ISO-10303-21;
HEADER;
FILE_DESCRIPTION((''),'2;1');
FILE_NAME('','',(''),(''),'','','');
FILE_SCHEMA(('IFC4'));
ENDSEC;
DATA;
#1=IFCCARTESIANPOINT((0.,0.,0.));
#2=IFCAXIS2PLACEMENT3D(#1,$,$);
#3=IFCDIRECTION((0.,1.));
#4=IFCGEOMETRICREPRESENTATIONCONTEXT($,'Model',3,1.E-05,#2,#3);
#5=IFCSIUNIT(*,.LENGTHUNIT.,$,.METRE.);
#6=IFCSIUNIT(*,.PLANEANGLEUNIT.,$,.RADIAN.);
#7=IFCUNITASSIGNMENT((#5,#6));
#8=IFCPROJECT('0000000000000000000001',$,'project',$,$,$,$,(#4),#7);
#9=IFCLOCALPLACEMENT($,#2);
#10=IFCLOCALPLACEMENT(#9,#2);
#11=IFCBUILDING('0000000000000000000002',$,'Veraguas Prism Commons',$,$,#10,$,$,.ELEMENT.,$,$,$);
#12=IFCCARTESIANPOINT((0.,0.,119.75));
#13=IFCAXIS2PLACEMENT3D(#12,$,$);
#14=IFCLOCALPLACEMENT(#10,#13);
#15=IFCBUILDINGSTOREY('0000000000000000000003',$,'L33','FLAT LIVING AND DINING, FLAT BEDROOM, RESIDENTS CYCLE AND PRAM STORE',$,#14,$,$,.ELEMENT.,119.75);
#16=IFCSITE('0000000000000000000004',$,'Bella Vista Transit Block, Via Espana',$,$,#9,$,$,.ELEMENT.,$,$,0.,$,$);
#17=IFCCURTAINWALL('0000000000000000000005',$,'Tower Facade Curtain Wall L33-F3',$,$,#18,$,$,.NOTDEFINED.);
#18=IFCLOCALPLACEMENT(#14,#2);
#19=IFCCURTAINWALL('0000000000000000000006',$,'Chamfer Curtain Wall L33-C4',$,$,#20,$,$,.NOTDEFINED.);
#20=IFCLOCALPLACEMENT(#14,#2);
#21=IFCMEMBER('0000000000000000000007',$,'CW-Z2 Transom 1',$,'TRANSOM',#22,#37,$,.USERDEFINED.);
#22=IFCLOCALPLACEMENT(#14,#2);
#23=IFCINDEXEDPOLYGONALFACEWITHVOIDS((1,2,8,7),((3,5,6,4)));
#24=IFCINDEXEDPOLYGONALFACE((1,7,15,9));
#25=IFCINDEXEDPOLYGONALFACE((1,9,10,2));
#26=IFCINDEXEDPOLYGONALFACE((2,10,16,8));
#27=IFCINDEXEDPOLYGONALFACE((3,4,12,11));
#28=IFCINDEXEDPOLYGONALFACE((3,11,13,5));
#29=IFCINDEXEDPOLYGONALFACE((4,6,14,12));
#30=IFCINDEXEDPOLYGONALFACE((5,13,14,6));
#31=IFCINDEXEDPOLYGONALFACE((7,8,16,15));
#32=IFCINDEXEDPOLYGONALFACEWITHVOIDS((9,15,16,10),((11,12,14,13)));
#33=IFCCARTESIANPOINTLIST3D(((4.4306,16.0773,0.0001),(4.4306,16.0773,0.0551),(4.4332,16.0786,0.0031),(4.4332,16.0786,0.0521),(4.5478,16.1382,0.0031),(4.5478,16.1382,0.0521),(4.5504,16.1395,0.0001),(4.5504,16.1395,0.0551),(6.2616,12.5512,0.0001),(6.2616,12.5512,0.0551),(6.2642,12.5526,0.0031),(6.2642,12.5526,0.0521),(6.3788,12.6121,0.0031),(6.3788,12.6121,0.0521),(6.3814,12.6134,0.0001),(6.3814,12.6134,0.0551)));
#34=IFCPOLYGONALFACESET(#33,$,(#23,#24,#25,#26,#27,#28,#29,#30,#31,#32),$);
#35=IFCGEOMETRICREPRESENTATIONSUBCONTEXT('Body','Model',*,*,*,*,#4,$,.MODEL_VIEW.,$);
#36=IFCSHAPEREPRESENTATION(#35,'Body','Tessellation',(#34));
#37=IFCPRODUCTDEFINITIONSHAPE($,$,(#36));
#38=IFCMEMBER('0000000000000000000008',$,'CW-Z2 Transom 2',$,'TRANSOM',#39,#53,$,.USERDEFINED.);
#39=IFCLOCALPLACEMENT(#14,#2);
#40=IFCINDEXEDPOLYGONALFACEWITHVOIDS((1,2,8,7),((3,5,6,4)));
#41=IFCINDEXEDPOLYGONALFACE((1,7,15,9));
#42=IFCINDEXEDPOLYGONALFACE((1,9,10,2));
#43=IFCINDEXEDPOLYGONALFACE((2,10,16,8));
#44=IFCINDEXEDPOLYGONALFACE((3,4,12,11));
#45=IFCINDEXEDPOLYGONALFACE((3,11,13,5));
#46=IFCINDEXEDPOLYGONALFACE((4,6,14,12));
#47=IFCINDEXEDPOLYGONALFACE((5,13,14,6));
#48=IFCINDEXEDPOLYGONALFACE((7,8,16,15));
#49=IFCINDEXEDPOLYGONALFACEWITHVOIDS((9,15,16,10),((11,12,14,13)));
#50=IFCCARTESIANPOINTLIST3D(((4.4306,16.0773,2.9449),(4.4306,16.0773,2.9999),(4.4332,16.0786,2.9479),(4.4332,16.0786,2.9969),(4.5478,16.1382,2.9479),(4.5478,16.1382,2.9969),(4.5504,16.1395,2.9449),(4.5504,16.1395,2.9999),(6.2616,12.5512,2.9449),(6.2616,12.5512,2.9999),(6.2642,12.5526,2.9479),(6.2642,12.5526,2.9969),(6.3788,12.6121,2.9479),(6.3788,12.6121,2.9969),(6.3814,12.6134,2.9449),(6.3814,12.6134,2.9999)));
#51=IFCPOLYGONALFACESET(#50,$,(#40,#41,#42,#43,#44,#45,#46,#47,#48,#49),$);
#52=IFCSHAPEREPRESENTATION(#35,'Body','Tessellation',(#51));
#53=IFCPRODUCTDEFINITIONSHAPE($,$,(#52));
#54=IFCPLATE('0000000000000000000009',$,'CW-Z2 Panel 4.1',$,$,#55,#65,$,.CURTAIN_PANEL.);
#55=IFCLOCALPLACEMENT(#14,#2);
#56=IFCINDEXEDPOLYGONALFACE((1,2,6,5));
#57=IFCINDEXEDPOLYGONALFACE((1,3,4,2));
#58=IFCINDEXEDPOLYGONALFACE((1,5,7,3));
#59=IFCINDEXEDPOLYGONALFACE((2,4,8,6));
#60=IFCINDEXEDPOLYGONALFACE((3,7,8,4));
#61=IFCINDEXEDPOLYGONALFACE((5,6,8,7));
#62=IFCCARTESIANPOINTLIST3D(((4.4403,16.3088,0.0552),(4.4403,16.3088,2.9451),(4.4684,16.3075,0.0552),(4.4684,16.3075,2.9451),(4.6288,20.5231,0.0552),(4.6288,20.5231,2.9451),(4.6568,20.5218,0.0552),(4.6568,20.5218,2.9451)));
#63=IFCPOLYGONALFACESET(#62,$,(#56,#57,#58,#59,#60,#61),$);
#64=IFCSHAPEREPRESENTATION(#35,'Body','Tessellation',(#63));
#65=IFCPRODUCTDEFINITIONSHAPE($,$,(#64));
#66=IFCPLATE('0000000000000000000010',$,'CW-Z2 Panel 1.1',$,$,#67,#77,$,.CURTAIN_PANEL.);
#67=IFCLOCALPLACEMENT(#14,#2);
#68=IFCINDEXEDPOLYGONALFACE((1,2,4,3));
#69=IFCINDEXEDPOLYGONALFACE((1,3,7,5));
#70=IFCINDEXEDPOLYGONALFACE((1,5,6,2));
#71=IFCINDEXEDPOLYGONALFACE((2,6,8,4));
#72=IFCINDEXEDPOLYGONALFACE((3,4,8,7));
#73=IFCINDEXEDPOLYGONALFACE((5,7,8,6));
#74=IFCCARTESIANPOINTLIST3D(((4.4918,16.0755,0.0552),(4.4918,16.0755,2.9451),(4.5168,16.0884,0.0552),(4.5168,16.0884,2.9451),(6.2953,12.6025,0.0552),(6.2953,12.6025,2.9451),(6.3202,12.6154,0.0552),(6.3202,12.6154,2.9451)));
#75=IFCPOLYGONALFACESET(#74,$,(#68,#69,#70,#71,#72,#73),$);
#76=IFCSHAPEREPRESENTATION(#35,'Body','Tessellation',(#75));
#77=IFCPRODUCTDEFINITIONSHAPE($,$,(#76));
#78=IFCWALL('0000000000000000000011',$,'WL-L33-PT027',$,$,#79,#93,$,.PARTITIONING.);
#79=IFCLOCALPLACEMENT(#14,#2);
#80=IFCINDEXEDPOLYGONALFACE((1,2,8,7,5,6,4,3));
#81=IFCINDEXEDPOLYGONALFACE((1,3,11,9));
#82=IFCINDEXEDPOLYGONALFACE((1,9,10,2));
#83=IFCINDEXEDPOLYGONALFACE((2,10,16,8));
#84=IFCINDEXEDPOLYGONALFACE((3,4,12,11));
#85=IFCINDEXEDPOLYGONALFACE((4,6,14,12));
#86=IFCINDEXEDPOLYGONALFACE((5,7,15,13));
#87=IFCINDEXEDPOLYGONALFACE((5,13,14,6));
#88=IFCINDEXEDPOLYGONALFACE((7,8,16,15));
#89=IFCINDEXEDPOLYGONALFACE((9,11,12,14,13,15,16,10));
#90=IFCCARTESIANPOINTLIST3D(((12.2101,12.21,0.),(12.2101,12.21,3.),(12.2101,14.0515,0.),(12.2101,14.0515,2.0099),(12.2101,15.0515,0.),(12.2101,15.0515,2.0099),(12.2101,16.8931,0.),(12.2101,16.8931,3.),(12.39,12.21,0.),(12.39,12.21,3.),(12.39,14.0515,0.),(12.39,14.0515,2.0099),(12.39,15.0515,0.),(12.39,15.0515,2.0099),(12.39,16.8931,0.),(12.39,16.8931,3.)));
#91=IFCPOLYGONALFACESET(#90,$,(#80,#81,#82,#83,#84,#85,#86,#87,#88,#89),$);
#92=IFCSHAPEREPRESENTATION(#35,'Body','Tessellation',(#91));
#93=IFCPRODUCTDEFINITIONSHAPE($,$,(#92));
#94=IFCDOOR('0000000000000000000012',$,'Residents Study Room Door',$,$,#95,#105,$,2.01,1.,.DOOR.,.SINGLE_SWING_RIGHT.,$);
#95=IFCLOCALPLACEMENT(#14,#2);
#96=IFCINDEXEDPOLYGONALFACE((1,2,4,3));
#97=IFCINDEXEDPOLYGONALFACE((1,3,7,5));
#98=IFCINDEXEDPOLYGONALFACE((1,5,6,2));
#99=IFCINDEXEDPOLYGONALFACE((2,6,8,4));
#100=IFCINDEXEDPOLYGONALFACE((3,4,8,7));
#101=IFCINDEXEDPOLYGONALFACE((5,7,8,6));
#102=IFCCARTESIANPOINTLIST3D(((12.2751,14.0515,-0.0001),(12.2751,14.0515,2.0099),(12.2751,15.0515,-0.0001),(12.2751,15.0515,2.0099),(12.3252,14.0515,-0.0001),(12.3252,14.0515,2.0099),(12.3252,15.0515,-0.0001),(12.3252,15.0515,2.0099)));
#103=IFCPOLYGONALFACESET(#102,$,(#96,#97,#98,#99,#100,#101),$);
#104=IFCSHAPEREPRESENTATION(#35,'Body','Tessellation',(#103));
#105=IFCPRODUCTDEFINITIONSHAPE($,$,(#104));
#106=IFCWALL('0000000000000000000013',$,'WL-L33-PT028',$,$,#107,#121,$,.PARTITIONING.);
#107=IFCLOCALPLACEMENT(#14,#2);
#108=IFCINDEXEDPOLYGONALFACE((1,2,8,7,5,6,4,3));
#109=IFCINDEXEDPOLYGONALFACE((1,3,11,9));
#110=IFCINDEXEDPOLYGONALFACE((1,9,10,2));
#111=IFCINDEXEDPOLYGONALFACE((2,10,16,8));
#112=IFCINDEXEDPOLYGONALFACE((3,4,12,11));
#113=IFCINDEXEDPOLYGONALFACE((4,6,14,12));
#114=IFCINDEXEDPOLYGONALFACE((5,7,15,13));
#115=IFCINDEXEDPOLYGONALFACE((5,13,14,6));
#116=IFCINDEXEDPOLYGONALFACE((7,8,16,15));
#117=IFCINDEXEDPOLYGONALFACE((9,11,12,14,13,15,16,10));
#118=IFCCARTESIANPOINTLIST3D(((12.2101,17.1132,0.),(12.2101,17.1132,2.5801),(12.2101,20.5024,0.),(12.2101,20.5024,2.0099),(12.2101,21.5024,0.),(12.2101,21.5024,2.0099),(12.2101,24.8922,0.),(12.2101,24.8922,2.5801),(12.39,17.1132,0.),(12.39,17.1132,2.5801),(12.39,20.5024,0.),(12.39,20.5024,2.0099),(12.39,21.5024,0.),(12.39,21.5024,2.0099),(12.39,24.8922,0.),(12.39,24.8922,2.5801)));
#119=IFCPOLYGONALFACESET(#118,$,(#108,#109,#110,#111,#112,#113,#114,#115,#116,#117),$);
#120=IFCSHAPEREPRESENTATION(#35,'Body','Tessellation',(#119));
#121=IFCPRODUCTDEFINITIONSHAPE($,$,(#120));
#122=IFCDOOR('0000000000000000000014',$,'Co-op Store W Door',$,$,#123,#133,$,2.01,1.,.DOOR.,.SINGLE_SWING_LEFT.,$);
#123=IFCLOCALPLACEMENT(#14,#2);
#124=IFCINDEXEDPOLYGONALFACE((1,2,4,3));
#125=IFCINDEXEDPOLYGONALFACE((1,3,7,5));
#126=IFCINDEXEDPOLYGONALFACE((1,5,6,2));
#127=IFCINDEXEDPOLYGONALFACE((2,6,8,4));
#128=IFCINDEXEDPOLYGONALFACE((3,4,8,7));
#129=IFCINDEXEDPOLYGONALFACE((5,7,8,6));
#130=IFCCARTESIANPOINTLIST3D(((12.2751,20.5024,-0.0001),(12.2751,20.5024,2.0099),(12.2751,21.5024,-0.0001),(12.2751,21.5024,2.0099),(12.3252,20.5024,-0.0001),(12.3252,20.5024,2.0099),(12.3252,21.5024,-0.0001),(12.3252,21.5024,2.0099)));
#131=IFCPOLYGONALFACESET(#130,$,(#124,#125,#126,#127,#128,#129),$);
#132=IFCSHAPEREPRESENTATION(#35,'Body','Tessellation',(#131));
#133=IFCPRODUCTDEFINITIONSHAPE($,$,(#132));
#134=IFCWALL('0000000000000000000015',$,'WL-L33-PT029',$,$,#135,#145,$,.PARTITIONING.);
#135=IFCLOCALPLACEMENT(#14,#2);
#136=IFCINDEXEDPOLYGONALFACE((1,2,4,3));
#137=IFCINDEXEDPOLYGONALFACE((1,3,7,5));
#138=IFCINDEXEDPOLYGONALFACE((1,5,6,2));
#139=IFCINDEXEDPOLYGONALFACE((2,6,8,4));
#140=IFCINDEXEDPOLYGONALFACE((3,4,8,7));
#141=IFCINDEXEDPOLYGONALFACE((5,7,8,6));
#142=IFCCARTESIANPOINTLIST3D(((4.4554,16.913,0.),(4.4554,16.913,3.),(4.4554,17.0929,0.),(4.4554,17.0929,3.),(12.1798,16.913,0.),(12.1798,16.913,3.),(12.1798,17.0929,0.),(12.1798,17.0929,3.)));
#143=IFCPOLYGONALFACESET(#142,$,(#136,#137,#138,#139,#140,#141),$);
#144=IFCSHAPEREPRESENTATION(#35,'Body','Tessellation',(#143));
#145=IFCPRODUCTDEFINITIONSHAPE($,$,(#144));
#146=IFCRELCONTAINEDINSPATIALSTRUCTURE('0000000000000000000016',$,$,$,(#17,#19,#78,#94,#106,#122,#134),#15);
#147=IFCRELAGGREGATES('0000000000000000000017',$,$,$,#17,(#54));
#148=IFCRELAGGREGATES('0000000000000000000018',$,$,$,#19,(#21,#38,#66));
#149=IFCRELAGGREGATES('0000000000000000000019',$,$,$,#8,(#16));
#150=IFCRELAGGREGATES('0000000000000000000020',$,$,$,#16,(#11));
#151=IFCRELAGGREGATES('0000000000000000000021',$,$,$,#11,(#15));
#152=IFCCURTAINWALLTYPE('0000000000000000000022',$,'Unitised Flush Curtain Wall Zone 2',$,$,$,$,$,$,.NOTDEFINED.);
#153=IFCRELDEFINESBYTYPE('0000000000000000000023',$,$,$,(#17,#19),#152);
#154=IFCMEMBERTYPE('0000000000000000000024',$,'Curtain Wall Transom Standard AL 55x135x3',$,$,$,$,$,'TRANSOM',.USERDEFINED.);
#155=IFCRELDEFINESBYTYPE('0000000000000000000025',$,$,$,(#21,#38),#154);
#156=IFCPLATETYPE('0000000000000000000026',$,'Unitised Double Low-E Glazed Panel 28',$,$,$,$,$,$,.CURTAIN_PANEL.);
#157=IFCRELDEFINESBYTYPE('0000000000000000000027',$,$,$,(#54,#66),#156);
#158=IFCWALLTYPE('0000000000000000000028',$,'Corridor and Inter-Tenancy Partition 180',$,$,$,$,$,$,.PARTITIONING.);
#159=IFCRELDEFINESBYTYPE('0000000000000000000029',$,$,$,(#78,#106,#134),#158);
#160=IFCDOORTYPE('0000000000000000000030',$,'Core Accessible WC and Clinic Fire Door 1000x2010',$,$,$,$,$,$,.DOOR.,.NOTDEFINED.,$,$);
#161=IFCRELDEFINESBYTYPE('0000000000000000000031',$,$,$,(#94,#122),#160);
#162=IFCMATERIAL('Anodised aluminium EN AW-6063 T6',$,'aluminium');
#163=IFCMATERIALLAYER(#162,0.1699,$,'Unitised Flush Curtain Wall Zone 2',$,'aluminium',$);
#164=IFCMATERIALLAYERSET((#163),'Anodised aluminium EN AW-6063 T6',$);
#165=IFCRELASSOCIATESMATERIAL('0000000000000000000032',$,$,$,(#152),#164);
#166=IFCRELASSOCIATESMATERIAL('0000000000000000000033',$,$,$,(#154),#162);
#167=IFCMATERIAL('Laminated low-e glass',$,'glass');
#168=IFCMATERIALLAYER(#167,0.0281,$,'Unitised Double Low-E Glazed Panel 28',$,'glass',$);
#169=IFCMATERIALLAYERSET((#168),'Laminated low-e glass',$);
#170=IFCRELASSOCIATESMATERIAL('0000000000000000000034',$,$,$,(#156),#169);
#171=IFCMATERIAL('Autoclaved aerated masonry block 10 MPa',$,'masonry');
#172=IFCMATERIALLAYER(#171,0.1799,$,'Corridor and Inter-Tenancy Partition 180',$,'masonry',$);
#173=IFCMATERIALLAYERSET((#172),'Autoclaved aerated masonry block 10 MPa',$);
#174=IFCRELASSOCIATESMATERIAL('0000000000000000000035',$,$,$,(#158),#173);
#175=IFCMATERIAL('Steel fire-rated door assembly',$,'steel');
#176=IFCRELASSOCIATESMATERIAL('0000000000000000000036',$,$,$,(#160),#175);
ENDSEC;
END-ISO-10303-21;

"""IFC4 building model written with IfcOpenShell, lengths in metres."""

from ifc_helpers import new_model, si_unit, direction, frame, frame_2d, origin, origin_2d, place, context, subcontext, project, spatial, rectangle, hollow_rectangle, extrude, source, transform, mapped, material, layer, layer_set, material_profile, profile_set, type_object, element, fill, aggregate, save


model = new_model("IFC4")

# Units and contexts
model_context = context("Model", 3, precision=1e-05, world=origin(), true_north=direction((0.0, 1.0)))
body_context = subcontext(model_context, "Body", "Model", "MODEL_VIEW")
ifc_project = project(units=[si_unit("LENGTHUNIT", "METRE"), si_unit("PLANEANGLEUNIT", "RADIAN")], contexts=[model_context])

# Site, building, storey
site_placement = place(None, origin())
site = spatial("IfcSite", under=ifc_project, at=site_placement, Name="Bella Vista Transit Block, Via Espana", CompositionType="ELEMENT", RefElevation=0.0)
building_placement = place(site_placement, origin())
building = spatial("IfcBuilding", under=site, at=building_placement, Name="Veraguas Prism Commons", CompositionType="ELEMENT")
storey_placement = place(building_placement, frame((0.0, 0.0, 119.75)))
storey = spatial("IfcBuildingStorey", under=building, at=storey_placement, Name="L33", Description="FLAT LIVING AND DINING, FLAT BEDROOM, RESIDENTS CYCLE AND PRAM STORE", CompositionType="ELEMENT", Elevation=119.75)

# Curtain wall
ifc_material_1 = material(Name="Anodised aluminium EN AW-6063 T6", Category="aluminium")
ifc_layer_1 = layer(ifc_material_1, 0.1699, Name="Unitised Flush Curtain Wall Zone 2", Category="aluminium")
ifc_layer_set_1 = layer_set([ifc_layer_1], Name="Anodised aluminium EN AW-6063 T6")
curtain_wall_type = type_object("IfcCurtainWallType", Name="Unitised Flush Curtain Wall Zone 2", PredefinedType="NOTDEFINED", material=ifc_layer_set_1)
curtain_wall_1_placement = place(storey_placement, origin())
curtain_wall_1 = element("IfcCurtainWall", 1, at=curtain_wall_1_placement, inside=storey, type_object=curtain_wall_type, Name="Tower Facade Curtain Wall L33-F3", PredefinedType="NOTDEFINED")

# Curtain wall
curtain_wall_2_placement = place(storey_placement, origin())
curtain_wall_2 = element("IfcCurtainWall", 2, at=curtain_wall_2_placement, inside=storey, type_object=curtain_wall_type, Name="Chamfer Curtain Wall L33-C4", PredefinedType="NOTDEFINED")

# Members
ifc_material_profile_1 = material_profile(ifc_material_1, hollow_rectangle(XDim=0.0549, YDim=0.135, WallThickness=0.0029, at=origin_2d()), Name="AL55X135X3")
ifc_profile_set_1 = profile_set([ifc_material_profile_1], Name="Anodised aluminium EN AW-6063 T6")
member_type_1 = type_object("IfcMemberType", Name="Curtain Wall Transom Standard AL 55x135x3", ElementType="TRANSOM", PredefinedType="USERDEFINED", material=ifc_profile_set_1)
shared_shape_1 = source(origin(), body_context, "Body", "SweptSolid", [
    extrude(hollow_rectangle(XDim=0.0549, YDim=0.135, WallThickness=0.0029, at=origin_2d()), origin(), (0.0, 0.0, 1.0), 3.9731),
])
member_1_placement = place(storey_placement, frame((4.4905, 16.1084, 0.0276), z_axis=(0.460852, -0.887477, 0.0), x_axis=(0.0, 0.0, 1.0)))
member_1 = element("IfcMember", 3, at=member_1_placement, type_object=member_type_1, Name="CW-Z2 Transom 1", ObjectType="TRANSOM", PredefinedType="USERDEFINED", context=body_context, shape_type="MappedRepresentation", body=[
    mapped(shared_shape_1, transform((0.0, 0.0, 0.0), scale=1.0)),
])
member_2_placement = place(storey_placement, frame((4.4905, 16.1084, 2.9724), z_axis=(0.460852, -0.887477, 0.0), x_axis=(0.0, 0.0, 1.0)))
member_2 = element("IfcMember", 4, at=member_2_placement, type_object=member_type_1, Name="CW-Z2 Transom 2", ObjectType="TRANSOM", PredefinedType="USERDEFINED", context=body_context, shape_type="MappedRepresentation", body=[
    mapped(shared_shape_1, transform((0.0, 0.0, 0.0), scale=1.0)),
])

# Plates
ifc_material_2 = material(Name="Laminated low-e glass", Category="glass")
ifc_layer_2 = layer(ifc_material_2, 0.0281, Name="Unitised Double Low-E Glazed Panel 28", Category="glass")
ifc_layer_set_2 = layer_set([ifc_layer_2], Name="Laminated low-e glass")
plate_type = type_object("IfcPlateType", Name="Unitised Double Low-E Glazed Panel 28", PredefinedType="CURTAIN_PANEL", material=ifc_layer_set_2)
shared_shape_2 = source(origin(), body_context, "Body", "SweptSolid", [
    extrude(rectangle(XDim=4.2185, YDim=0.0281, at=origin_2d()), origin(), (0.0, 0.0, 1.0), 2.8899),
])
plate_1_placement = place(storey_placement, frame((4.5486, 18.4153, 0.0552), z_axis=(0.0, 0.0, 1.0), x_axis=(-0.044667, -0.999002, 0.0)))
plate_1 = element("IfcPlate", 5, at=plate_1_placement, type_object=plate_type, Name="CW-Z2 Panel 4.1", PredefinedType="CURTAIN_PANEL", context=body_context, shape_type="MappedRepresentation", body=[
    mapped(shared_shape_2, transform((0.0, 0.0, 0.0), scale=1.0)),
])
aggregate(curtain_wall_1, [plate_1])
shared_shape_3 = source(origin(), body_context, "Body", "SweptSolid", [
    extrude(rectangle(XDim=3.9133, YDim=0.0281, at=origin_2d()), origin(), (0.0, 0.0, 1.0), 2.8899),
])
plate_2_placement = place(storey_placement, frame((5.406, 14.3455, 0.0552), z_axis=(0.0, 0.0, 1.0), x_axis=(0.460838, -0.887484, 0.0)))
plate_2 = element("IfcPlate", 6, at=plate_2_placement, type_object=plate_type, Name="CW-Z2 Panel 1.1", PredefinedType="CURTAIN_PANEL", context=body_context, shape_type="MappedRepresentation", body=[
    mapped(shared_shape_3, transform((0.0, 0.0, 0.0), scale=1.0)),
])
aggregate(curtain_wall_2, [member_1, member_2, plate_2])

# Walls, openings, doors
ifc_material_3 = material(Name="Autoclaved aerated masonry block 10 MPa", Category="masonry")
ifc_layer_3 = layer(ifc_material_3, 0.1799, Name="Corridor and Inter-Tenancy Partition 180", Category="masonry")
ifc_layer_set_3 = layer_set([ifc_layer_3], Name="Autoclaved aerated masonry block 10 MPa")
wall_type = type_object("IfcWallType", Name="Corridor and Inter-Tenancy Partition 180", PredefinedType="PARTITIONING", material=ifc_layer_set_3)
wall_1_placement = place(storey_placement, frame((12.3, 12.21, 0.0), z_axis=(0.0, 0.0, 1.0), x_axis=(0.0, 1.0, 0.0)))
wall_1 = element("IfcWall", 7, at=wall_1_placement, inside=storey, type_object=wall_type, Name="WL-L33-PT027", PredefinedType="PARTITIONING", context=body_context, shape_type="SweptSolid", body=[
    extrude(rectangle(XDim=4.6831, YDim=0.1799, at=frame_2d((2.3416, 0.0))), origin(), (0.0, 0.0, 1.0), 3.0),
])
opening_1_placement = place(wall_1_placement, frame((1.8416, 0.0, 0.0)))
opening_1 = element("IfcOpeningElement", 8, at=opening_1_placement, cuts=wall_1, PredefinedType="OPENING", context=body_context, shape_type="SweptSolid", body=[
    extrude(rectangle(XDim=1.0, YDim=2.01, at=frame_2d((0.5, 1.0049))), frame((0.0, 0.0999, 0.0), z_axis=(0.0, -1.0, 0.0), x_axis=(1.0, 0.0, 0.0)), (0.0, 0.0, 1.0), 0.2),
])
ifc_material_4 = material(Name="Steel fire-rated door assembly", Category="steel")
door_type = type_object("IfcDoorType", Name="Core Accessible WC and Clinic Fire Door 1000x2010", OperationType="NOTDEFINED", PredefinedType="DOOR", material=ifc_material_4)
shared_shape_4 = source(origin(), body_context, "Body", "SweptSolid", [
    extrude(rectangle(XDim=1.0, YDim=2.01, at=frame_2d((0.5, 1.0049))), frame((0.0, 0.0249, 0.0), z_axis=(0.0, -1.0, 0.0), x_axis=(1.0, 0.0, 0.0)), (0.0, 0.0, 1.0), 0.05),
])
door_1_placement = place(opening_1_placement, origin())
door_1 = element("IfcDoor", 9, at=door_1_placement, inside=storey, type_object=door_type, Name="Residents Study Room Door", OperationType="SINGLE_SWING_RIGHT", OverallHeight=2.01, OverallWidth=1.0, PredefinedType="DOOR", context=body_context, shape_type="MappedRepresentation", body=[
    mapped(shared_shape_4, transform((0.0, 0.0, 0.0), scale=1.0)),
])
fill(opening_1, door_1)
wall_2_placement = place(storey_placement, frame((12.3, 17.113, 0.0), z_axis=(0.0, 0.0, 1.0), x_axis=(0.0, 1.0, 0.0)))
wall_2 = element("IfcWall", 10, at=wall_2_placement, inside=storey, type_object=wall_type, Name="WL-L33-PT028", PredefinedType="PARTITIONING", context=body_context, shape_type="SweptSolid", body=[
    extrude(rectangle(XDim=7.7791, YDim=0.1799, at=frame_2d((3.8896, 0.0))), origin(), (0.0, 0.0, 1.0), 2.5801),
])
opening_2_placement = place(wall_2_placement, frame((3.3894, 0.0, 0.0)))
opening_2 = element("IfcOpeningElement", 11, at=opening_2_placement, cuts=wall_2, PredefinedType="OPENING", context=body_context, shape_type="SweptSolid", body=[
    extrude(rectangle(XDim=1.0, YDim=2.01, at=frame_2d((0.5, 1.0049))), frame((0.0, 0.0999, 0.0), z_axis=(0.0, -1.0, 0.0), x_axis=(1.0, 0.0, 0.0)), (0.0, 0.0, 1.0), 0.2),
])
door_2_placement = place(opening_2_placement, origin())
door_2 = element("IfcDoor", 12, at=door_2_placement, inside=storey, type_object=door_type, Name="Co-op Store W Door", OperationType="SINGLE_SWING_LEFT", OverallHeight=2.01, OverallWidth=1.0, PredefinedType="DOOR", context=body_context, shape_type="MappedRepresentation", body=[
    mapped(shared_shape_4, transform((0.0, 0.0, 0.0), scale=1.0)),
])
fill(opening_2, door_2)

# Wall
wall_3_placement = place(storey_placement, frame((12.1799, 17.0029, 0.0), z_axis=(0.0, 0.0, 1.0), x_axis=(-1.0, 0.0, 0.0)))
element("IfcWall", 13, at=wall_3_placement, inside=storey, type_object=wall_type, Name="WL-L33-PT029", PredefinedType="PARTITIONING", context=body_context, shape_type="SweptSolid", body=[
    extrude(rectangle(XDim=7.7244, YDim=0.1799, at=frame_2d((3.8623, 0.0))), origin(), (0.0, 0.0, 1.0), 3.0),
])

save(model, "model.ifc")
